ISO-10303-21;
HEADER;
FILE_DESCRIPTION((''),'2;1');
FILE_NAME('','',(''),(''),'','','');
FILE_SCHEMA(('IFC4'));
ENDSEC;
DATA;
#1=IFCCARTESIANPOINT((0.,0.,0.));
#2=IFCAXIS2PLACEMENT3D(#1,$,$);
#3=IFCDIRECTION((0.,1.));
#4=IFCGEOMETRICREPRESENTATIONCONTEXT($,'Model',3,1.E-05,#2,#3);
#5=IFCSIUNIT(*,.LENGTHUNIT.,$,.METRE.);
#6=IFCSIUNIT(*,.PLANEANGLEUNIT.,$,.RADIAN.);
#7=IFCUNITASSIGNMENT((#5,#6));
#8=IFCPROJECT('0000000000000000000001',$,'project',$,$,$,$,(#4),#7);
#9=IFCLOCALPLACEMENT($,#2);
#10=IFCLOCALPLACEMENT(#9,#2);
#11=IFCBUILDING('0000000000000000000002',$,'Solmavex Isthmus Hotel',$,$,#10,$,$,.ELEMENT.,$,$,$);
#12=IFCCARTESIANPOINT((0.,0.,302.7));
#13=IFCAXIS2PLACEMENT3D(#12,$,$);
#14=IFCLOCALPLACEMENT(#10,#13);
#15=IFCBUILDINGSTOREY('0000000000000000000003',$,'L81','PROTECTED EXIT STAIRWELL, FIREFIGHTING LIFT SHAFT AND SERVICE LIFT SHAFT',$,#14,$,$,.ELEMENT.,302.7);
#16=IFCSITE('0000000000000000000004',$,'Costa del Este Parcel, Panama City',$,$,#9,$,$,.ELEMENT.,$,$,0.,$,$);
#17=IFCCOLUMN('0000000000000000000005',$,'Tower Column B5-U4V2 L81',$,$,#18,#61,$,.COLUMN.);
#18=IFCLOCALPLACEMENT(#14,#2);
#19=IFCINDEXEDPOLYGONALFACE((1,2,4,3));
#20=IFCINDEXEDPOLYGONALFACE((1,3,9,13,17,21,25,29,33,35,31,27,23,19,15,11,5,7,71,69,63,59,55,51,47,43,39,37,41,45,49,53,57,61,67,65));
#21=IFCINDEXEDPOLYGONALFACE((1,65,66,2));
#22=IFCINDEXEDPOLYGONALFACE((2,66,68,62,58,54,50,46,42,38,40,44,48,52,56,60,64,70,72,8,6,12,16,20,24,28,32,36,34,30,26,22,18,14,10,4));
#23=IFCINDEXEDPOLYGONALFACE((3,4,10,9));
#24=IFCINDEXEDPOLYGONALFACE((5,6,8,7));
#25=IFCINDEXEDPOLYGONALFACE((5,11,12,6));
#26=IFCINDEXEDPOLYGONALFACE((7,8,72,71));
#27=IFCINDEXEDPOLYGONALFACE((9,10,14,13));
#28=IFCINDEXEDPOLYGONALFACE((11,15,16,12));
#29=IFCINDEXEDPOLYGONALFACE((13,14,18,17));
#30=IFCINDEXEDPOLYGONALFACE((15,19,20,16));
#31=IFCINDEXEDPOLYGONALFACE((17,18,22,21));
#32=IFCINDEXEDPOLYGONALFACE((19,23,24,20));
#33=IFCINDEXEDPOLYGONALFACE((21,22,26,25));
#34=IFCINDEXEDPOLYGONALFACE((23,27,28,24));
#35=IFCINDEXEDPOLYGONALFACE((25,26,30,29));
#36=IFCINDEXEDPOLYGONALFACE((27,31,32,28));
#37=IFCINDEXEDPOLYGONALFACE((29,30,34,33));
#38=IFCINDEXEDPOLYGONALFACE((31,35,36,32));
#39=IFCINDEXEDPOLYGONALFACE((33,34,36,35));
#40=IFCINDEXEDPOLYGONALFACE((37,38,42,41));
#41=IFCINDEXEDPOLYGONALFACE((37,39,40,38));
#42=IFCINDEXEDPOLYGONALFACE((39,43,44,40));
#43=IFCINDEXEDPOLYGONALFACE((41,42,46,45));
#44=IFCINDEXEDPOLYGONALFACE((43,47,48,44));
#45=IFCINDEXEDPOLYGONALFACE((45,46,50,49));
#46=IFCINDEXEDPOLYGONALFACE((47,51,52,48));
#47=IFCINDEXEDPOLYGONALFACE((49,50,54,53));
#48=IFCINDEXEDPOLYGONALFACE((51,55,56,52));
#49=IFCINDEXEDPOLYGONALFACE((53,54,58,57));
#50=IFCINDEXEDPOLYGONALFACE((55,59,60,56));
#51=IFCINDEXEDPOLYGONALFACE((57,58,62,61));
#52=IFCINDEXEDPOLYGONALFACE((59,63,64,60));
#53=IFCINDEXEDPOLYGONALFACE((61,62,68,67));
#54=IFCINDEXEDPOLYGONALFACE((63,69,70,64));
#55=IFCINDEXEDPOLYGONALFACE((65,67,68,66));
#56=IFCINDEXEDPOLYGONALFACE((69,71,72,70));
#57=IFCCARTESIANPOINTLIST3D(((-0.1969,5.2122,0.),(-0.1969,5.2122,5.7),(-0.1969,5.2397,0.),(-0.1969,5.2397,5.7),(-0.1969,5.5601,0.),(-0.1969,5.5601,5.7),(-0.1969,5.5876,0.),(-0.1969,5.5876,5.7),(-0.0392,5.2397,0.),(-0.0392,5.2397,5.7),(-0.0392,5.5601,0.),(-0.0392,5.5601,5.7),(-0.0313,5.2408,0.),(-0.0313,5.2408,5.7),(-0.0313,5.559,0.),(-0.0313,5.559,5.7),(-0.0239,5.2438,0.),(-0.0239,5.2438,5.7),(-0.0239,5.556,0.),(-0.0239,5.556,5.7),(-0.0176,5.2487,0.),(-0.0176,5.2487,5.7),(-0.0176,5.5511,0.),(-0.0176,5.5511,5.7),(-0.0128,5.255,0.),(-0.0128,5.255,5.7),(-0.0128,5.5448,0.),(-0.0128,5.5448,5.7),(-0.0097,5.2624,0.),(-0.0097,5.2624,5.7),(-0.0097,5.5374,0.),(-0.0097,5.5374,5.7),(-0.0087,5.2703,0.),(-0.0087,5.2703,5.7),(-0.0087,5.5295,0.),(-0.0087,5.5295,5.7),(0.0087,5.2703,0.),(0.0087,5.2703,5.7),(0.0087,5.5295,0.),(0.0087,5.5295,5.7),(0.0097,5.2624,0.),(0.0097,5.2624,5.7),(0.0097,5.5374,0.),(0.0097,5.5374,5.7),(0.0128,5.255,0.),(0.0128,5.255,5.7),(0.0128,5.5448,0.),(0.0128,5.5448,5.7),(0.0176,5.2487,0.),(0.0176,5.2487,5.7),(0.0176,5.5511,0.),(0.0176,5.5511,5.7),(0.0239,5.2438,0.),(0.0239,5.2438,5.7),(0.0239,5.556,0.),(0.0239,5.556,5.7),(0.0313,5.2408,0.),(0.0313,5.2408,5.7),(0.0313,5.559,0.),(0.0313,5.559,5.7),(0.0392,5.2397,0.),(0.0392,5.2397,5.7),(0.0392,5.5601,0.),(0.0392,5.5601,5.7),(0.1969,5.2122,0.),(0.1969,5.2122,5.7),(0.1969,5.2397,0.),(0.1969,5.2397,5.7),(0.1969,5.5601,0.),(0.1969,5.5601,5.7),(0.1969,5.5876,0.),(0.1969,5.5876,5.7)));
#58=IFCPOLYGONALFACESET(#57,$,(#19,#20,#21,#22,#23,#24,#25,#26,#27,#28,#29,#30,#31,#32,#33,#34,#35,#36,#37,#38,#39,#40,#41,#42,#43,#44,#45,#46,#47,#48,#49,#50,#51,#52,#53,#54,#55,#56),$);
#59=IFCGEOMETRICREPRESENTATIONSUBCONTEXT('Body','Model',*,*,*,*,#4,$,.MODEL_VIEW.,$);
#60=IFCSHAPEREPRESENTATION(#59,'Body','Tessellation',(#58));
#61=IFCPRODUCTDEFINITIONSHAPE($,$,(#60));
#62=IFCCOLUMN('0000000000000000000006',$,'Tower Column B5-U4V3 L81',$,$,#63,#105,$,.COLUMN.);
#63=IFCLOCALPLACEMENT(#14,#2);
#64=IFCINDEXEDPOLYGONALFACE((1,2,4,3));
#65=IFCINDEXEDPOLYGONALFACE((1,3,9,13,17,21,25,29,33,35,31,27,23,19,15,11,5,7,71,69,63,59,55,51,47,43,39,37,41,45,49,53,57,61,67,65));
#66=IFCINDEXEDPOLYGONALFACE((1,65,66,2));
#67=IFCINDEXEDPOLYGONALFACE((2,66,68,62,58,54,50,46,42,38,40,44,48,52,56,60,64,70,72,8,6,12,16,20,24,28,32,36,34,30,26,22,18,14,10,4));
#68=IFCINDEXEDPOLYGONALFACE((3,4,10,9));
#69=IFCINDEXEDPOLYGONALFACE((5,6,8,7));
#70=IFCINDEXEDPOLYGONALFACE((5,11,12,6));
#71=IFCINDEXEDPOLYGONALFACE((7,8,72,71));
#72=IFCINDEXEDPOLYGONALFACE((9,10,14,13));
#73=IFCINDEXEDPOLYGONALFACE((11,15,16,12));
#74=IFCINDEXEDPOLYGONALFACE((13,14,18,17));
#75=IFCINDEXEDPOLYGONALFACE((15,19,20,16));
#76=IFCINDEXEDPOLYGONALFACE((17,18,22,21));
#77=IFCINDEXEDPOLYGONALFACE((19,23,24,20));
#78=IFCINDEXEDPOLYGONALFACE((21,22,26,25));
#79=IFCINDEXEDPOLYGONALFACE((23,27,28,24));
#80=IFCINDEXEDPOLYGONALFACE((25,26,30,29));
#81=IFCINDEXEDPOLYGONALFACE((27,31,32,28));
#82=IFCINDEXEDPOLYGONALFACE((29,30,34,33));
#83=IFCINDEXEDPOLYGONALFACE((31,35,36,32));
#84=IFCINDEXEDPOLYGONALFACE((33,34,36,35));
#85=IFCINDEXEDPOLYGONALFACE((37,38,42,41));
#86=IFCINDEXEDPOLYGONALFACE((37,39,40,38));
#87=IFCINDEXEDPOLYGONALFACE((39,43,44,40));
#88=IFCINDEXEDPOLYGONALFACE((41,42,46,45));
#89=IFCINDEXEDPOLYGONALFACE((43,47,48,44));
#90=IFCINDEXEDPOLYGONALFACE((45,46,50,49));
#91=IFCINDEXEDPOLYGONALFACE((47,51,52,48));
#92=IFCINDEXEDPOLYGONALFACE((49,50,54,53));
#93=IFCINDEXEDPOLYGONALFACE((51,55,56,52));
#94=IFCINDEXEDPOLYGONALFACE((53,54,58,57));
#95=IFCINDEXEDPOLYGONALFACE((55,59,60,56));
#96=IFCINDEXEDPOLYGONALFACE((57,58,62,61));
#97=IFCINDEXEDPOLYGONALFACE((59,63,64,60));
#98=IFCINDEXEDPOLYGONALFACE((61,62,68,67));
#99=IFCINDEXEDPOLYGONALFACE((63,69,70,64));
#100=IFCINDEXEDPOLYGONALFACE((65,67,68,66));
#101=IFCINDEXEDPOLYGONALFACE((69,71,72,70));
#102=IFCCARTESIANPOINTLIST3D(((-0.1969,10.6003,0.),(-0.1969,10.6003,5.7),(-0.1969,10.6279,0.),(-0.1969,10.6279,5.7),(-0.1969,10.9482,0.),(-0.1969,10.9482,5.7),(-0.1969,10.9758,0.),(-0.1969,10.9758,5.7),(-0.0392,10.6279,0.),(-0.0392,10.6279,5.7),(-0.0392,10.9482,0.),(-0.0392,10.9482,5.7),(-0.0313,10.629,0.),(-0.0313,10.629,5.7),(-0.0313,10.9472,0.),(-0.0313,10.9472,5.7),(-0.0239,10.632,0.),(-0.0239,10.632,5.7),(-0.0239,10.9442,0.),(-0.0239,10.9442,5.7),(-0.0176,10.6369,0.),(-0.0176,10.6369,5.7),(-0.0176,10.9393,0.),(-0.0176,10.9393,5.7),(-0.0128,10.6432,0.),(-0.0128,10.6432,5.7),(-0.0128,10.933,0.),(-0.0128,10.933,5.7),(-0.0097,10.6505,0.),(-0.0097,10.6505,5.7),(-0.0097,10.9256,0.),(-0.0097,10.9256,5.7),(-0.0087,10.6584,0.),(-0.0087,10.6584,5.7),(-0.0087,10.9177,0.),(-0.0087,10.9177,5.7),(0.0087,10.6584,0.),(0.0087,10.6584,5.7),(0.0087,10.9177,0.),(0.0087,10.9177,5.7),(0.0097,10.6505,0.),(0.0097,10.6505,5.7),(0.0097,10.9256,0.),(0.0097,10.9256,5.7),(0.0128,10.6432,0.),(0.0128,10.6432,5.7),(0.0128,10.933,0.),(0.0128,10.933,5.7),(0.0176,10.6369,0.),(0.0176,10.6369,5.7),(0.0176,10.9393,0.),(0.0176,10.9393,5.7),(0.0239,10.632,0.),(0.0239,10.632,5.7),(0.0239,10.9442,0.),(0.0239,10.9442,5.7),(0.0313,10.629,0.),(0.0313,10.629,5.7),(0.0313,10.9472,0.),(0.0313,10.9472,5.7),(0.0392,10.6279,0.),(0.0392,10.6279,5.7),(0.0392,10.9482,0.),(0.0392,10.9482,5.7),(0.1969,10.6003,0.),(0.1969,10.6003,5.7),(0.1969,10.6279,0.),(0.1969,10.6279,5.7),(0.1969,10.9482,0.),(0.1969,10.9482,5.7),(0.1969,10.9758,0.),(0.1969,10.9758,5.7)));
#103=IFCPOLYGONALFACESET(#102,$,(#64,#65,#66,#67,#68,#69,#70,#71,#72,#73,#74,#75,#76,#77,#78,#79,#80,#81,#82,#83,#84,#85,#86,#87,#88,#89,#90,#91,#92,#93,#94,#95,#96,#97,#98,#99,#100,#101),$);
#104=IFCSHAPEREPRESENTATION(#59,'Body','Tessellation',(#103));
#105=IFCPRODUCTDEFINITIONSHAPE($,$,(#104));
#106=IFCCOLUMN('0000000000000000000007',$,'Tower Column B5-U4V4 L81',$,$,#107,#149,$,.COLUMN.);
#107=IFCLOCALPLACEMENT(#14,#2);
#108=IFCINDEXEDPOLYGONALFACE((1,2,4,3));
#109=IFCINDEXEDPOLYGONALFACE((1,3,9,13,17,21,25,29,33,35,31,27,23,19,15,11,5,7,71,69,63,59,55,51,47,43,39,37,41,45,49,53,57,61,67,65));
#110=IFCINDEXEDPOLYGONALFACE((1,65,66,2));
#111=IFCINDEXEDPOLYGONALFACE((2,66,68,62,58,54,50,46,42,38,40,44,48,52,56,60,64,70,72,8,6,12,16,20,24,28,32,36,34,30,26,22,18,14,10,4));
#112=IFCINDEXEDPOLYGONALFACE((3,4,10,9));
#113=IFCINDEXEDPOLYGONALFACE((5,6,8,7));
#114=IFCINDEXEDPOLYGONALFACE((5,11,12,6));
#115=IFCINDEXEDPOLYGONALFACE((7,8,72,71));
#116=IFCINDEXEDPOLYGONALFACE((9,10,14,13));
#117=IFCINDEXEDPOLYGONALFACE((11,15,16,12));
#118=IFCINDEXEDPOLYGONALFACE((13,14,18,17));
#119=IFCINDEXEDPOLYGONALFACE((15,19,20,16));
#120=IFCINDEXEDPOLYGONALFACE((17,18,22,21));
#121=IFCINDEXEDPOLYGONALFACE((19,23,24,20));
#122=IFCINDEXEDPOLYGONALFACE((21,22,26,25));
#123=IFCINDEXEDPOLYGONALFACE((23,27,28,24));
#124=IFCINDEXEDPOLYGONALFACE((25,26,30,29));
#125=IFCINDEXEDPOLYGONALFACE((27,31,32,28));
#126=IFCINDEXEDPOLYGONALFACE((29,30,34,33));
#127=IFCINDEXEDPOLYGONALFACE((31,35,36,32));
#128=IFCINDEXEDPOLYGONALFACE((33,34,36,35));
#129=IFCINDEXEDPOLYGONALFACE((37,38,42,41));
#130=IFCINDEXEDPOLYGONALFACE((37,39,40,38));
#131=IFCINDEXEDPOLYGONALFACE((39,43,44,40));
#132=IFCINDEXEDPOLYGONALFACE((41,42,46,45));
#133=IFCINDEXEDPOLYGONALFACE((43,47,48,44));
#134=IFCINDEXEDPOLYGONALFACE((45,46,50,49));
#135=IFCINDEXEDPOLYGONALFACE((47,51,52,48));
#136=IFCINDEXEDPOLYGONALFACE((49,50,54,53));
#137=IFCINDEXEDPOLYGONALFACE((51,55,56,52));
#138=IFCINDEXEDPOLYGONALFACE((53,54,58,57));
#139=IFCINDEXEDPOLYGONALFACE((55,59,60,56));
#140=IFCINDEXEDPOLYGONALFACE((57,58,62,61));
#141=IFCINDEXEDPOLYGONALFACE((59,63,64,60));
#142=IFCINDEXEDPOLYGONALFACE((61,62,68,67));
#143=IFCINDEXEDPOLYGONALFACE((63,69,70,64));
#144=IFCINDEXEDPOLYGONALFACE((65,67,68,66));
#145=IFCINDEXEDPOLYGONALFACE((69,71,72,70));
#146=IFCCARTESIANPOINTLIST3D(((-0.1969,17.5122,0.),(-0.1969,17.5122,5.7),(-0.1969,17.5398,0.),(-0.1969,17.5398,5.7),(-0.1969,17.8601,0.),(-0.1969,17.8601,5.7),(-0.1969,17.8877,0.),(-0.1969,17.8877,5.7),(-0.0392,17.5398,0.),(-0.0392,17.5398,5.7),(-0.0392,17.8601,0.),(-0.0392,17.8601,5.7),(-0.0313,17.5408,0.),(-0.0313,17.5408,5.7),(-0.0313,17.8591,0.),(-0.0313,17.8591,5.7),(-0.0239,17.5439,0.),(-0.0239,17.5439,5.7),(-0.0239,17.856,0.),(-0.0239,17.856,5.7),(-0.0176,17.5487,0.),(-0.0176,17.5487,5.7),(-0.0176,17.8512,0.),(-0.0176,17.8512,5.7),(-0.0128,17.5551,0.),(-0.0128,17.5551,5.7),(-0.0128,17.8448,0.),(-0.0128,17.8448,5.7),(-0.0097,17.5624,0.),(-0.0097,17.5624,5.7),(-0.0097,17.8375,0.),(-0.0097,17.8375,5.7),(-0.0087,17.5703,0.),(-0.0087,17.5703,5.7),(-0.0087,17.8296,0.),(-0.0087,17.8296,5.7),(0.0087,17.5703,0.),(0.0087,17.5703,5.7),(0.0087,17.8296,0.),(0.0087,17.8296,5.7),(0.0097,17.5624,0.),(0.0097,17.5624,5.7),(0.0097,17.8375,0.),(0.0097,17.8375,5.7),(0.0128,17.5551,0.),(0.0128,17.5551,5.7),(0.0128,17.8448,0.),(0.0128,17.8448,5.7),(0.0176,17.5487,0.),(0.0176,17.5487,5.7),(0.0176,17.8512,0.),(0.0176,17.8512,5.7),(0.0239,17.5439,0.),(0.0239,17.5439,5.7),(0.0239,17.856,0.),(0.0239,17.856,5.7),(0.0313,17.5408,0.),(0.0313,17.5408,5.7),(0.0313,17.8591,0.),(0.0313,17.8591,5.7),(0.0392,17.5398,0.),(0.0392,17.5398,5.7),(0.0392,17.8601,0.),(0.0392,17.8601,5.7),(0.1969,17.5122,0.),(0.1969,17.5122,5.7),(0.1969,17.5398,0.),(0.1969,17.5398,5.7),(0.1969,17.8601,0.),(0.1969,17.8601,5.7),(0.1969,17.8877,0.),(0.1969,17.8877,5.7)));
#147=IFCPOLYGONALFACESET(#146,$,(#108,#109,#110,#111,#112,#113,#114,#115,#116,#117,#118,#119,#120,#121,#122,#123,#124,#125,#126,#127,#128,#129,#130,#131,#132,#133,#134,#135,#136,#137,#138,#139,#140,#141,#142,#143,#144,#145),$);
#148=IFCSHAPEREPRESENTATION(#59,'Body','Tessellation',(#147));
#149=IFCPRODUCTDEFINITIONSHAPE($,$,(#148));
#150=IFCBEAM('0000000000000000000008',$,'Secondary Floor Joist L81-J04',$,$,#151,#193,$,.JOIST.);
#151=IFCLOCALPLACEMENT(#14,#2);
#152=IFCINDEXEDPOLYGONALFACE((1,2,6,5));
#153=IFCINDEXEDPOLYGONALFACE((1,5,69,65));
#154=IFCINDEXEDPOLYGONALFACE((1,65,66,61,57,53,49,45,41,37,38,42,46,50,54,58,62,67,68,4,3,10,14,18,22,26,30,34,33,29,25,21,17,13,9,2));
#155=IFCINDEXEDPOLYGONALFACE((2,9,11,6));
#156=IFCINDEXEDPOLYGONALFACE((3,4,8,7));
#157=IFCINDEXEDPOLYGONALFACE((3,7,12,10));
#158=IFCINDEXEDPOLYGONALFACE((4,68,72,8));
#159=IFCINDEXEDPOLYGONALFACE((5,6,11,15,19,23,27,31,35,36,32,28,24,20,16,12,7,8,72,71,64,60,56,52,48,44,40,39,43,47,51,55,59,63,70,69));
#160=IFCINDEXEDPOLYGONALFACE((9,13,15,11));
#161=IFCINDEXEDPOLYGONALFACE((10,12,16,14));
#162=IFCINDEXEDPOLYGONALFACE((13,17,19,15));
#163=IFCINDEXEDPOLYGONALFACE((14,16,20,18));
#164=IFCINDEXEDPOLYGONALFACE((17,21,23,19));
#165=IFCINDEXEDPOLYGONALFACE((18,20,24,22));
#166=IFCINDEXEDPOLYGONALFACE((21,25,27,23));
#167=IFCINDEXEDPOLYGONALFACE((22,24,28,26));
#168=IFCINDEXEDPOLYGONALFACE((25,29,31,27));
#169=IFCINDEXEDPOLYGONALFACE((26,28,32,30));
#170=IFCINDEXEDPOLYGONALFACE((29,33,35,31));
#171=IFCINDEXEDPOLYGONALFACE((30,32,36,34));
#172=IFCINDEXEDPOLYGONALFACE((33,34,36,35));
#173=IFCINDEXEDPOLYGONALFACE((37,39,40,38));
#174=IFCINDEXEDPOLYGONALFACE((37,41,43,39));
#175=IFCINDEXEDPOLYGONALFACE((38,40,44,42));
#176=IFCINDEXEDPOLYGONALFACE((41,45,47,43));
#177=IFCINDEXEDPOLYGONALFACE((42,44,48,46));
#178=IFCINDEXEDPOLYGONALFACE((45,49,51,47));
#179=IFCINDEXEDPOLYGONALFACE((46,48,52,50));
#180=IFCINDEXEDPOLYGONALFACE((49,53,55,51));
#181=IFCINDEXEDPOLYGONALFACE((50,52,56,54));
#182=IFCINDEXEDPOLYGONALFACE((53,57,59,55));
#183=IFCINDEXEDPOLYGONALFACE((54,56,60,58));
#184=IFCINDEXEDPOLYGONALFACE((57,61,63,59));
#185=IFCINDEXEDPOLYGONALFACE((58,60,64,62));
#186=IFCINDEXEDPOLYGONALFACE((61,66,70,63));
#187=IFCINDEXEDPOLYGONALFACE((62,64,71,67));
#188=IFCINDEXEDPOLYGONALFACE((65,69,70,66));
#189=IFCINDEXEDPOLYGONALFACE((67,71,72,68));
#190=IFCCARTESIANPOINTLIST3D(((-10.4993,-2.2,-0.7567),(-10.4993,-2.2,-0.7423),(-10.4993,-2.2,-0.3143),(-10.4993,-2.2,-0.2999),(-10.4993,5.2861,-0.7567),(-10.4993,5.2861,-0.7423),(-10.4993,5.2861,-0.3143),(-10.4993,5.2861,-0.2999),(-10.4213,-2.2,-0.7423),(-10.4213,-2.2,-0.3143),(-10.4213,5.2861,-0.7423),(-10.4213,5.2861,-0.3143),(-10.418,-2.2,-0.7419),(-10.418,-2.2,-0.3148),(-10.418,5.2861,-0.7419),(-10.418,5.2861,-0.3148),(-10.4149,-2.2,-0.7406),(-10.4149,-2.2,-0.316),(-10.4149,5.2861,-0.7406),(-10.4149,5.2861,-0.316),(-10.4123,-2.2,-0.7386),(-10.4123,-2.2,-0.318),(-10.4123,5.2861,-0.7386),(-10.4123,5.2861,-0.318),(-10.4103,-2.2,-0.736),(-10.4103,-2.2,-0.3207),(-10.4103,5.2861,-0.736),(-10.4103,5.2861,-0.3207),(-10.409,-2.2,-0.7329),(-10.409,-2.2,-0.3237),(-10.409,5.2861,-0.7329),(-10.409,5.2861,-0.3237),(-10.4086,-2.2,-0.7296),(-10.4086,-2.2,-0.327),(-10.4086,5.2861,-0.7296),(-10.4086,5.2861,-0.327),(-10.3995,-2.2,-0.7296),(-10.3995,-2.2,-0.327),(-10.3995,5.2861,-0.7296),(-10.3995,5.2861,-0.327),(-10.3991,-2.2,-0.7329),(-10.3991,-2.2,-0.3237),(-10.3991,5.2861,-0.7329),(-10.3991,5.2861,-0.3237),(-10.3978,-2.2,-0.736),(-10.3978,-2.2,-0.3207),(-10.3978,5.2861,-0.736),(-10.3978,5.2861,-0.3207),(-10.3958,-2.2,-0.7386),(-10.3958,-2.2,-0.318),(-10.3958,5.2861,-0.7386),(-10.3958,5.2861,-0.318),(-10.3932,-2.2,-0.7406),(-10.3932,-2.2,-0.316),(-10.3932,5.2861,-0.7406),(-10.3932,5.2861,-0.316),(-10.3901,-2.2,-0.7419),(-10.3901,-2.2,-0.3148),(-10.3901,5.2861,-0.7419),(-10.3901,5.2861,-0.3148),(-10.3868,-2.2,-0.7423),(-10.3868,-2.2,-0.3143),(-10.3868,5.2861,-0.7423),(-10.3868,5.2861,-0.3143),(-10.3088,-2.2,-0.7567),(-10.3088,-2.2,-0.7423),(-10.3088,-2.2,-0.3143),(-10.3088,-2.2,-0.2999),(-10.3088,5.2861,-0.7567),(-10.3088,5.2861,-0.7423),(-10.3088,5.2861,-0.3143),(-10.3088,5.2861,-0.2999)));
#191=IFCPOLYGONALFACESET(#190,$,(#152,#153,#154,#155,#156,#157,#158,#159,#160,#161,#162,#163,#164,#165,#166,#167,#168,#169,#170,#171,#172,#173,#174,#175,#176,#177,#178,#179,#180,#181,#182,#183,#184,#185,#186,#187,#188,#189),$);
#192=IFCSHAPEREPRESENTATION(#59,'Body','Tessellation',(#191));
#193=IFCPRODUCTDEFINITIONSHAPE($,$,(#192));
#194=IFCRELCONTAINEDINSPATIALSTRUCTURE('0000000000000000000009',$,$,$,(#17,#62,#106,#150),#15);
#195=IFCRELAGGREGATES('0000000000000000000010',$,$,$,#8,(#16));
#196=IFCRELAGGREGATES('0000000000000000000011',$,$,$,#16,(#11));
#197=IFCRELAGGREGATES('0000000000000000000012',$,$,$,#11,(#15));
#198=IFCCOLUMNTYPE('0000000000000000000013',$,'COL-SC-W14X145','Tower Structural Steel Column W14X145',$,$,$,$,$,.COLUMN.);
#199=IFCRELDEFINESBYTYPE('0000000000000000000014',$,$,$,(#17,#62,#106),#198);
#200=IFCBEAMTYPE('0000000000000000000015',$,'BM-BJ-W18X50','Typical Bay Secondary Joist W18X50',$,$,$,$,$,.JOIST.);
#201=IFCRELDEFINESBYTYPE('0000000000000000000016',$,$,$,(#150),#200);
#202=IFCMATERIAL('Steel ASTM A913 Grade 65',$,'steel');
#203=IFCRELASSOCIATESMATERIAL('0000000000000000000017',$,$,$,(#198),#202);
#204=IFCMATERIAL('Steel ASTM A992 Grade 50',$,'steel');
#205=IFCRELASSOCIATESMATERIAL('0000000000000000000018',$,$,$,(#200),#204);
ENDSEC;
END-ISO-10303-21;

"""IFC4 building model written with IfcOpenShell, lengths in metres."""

from ifc_helpers import new_model, si_unit, direction, frame, origin, origin_2d, place, context, subcontext, project, spatial, i_section, extrude, material, material_profile, profile_set, type_object, element, save


model = new_model("IFC4")

# Units and contexts
model_context = context("Model", 3, precision=1e-05, world=origin(), true_north=direction((0.0, 1.0)))
body_context = subcontext(model_context, "Body", "Model", "MODEL_VIEW")
ifc_project = project(units=[si_unit("LENGTHUNIT", "METRE"), si_unit("PLANEANGLEUNIT", "RADIAN")], contexts=[model_context])

# Site, building, storey
site_placement = place(None, origin())
site = spatial("IfcSite", under=ifc_project, at=site_placement, Name="Costa del Este Parcel, Panama City", CompositionType="ELEMENT", RefElevation=0.0)
building_placement = place(site_placement, origin())
building = spatial("IfcBuilding", under=site, at=building_placement, Name="Solmavex Isthmus Hotel", CompositionType="ELEMENT")
storey_placement = place(building_placement, frame((0.0, 0.0, 302.7)))
storey = spatial("IfcBuildingStorey", under=building, at=storey_placement, Name="L81", Description="PROTECTED EXIT STAIRWELL, FIREFIGHTING LIFT SHAFT AND SERVICE LIFT SHAFT", CompositionType="ELEMENT", Elevation=302.7)

# Columns
ifc_material_1 = material(Name="Steel ASTM A913 Grade 65", Category="steel")
ifc_material_profile_1 = material_profile(ifc_material_1, i_section(OverallWidth=0.3938, OverallDepth=0.3755, WebThickness=0.0173, FlangeThickness=0.0276, FilletRadius=0.0305, at=origin_2d()), Name="W14X145")
ifc_profile_set_1 = profile_set([ifc_material_profile_1], Name="Steel ASTM A913 Grade 65")
column_type = type_object("IfcColumnType", Name="COL-SC-W14X145", Description="Tower Structural Steel Column W14X145", PredefinedType="COLUMN", material=ifc_profile_set_1)
for number, where, z_axis, x_axis, name in (
    (1, (0.0, 5.3999, 0.0), (0.0, 0.0, 1.0), (1.0, 0.0, 0.0), "Tower Column B5-U4V2 L81"),
    (2, (0.0, 10.7881, 0.0), (0.0, 0.0, 1.0), (1.0, 0.0, 0.0), "Tower Column B5-U4V3 L81"),
    (3, (0.0, 17.7, 0.0), (0.0, 0.0, 1.0), (1.0, 0.0, 0.0), "Tower Column B5-U4V4 L81"),
):
    element("IfcColumn", number, at=place(storey_placement, frame(where, z_axis=z_axis, x_axis=x_axis)), inside=storey, type_object=column_type, Name=name, PredefinedType="COLUMN", context=body_context, shape_type="SweptSolid", body=[
        extrude(i_section(OverallWidth=0.3938, OverallDepth=0.3755, WebThickness=0.0173, FlangeThickness=0.0276, FilletRadius=0.0305, at=origin_2d()), origin(), (0.0, 0.0, 1.0), 5.7),
    ])

# Beam
ifc_material_2 = material(Name="Steel ASTM A992 Grade 50", Category="steel")
ifc_material_profile_2 = material_profile(ifc_material_2, i_section(OverallWidth=0.1904, OverallDepth=0.4568, WebThickness=0.009, FlangeThickness=0.0144, FilletRadius=0.0127, at=origin_2d()), Name="W18X50")
ifc_profile_set_2 = profile_set([ifc_material_profile_2], Name="Steel ASTM A992 Grade 50")
beam_type_1 = type_object("IfcBeamType", Name="BM-BJ-W18X50", Description="Typical Bay Secondary Joist W18X50", PredefinedType="JOIST", material=ifc_profile_set_2)
beam_1_placement = place(storey_placement, frame((-10.4041, -2.2, -0.5283), z_axis=(0.0, 1.0, 0.0), x_axis=(-1.0, 0.0, 0.0)))
element("IfcBeam", 4, at=beam_1_placement, inside=storey, type_object=beam_type_1, Name="Secondary Floor Joist L81-J04", PredefinedType="JOIST", context=body_context, shape_type="SweptSolid", body=[
    extrude(i_section(OverallWidth=0.1904, OverallDepth=0.4568, WebThickness=0.009, FlangeThickness=0.0144, FilletRadius=0.0127, at=origin_2d()), origin(), (0.0, 0.0, 1.0), 7.4861),
])

save(model, "model.ifc")
